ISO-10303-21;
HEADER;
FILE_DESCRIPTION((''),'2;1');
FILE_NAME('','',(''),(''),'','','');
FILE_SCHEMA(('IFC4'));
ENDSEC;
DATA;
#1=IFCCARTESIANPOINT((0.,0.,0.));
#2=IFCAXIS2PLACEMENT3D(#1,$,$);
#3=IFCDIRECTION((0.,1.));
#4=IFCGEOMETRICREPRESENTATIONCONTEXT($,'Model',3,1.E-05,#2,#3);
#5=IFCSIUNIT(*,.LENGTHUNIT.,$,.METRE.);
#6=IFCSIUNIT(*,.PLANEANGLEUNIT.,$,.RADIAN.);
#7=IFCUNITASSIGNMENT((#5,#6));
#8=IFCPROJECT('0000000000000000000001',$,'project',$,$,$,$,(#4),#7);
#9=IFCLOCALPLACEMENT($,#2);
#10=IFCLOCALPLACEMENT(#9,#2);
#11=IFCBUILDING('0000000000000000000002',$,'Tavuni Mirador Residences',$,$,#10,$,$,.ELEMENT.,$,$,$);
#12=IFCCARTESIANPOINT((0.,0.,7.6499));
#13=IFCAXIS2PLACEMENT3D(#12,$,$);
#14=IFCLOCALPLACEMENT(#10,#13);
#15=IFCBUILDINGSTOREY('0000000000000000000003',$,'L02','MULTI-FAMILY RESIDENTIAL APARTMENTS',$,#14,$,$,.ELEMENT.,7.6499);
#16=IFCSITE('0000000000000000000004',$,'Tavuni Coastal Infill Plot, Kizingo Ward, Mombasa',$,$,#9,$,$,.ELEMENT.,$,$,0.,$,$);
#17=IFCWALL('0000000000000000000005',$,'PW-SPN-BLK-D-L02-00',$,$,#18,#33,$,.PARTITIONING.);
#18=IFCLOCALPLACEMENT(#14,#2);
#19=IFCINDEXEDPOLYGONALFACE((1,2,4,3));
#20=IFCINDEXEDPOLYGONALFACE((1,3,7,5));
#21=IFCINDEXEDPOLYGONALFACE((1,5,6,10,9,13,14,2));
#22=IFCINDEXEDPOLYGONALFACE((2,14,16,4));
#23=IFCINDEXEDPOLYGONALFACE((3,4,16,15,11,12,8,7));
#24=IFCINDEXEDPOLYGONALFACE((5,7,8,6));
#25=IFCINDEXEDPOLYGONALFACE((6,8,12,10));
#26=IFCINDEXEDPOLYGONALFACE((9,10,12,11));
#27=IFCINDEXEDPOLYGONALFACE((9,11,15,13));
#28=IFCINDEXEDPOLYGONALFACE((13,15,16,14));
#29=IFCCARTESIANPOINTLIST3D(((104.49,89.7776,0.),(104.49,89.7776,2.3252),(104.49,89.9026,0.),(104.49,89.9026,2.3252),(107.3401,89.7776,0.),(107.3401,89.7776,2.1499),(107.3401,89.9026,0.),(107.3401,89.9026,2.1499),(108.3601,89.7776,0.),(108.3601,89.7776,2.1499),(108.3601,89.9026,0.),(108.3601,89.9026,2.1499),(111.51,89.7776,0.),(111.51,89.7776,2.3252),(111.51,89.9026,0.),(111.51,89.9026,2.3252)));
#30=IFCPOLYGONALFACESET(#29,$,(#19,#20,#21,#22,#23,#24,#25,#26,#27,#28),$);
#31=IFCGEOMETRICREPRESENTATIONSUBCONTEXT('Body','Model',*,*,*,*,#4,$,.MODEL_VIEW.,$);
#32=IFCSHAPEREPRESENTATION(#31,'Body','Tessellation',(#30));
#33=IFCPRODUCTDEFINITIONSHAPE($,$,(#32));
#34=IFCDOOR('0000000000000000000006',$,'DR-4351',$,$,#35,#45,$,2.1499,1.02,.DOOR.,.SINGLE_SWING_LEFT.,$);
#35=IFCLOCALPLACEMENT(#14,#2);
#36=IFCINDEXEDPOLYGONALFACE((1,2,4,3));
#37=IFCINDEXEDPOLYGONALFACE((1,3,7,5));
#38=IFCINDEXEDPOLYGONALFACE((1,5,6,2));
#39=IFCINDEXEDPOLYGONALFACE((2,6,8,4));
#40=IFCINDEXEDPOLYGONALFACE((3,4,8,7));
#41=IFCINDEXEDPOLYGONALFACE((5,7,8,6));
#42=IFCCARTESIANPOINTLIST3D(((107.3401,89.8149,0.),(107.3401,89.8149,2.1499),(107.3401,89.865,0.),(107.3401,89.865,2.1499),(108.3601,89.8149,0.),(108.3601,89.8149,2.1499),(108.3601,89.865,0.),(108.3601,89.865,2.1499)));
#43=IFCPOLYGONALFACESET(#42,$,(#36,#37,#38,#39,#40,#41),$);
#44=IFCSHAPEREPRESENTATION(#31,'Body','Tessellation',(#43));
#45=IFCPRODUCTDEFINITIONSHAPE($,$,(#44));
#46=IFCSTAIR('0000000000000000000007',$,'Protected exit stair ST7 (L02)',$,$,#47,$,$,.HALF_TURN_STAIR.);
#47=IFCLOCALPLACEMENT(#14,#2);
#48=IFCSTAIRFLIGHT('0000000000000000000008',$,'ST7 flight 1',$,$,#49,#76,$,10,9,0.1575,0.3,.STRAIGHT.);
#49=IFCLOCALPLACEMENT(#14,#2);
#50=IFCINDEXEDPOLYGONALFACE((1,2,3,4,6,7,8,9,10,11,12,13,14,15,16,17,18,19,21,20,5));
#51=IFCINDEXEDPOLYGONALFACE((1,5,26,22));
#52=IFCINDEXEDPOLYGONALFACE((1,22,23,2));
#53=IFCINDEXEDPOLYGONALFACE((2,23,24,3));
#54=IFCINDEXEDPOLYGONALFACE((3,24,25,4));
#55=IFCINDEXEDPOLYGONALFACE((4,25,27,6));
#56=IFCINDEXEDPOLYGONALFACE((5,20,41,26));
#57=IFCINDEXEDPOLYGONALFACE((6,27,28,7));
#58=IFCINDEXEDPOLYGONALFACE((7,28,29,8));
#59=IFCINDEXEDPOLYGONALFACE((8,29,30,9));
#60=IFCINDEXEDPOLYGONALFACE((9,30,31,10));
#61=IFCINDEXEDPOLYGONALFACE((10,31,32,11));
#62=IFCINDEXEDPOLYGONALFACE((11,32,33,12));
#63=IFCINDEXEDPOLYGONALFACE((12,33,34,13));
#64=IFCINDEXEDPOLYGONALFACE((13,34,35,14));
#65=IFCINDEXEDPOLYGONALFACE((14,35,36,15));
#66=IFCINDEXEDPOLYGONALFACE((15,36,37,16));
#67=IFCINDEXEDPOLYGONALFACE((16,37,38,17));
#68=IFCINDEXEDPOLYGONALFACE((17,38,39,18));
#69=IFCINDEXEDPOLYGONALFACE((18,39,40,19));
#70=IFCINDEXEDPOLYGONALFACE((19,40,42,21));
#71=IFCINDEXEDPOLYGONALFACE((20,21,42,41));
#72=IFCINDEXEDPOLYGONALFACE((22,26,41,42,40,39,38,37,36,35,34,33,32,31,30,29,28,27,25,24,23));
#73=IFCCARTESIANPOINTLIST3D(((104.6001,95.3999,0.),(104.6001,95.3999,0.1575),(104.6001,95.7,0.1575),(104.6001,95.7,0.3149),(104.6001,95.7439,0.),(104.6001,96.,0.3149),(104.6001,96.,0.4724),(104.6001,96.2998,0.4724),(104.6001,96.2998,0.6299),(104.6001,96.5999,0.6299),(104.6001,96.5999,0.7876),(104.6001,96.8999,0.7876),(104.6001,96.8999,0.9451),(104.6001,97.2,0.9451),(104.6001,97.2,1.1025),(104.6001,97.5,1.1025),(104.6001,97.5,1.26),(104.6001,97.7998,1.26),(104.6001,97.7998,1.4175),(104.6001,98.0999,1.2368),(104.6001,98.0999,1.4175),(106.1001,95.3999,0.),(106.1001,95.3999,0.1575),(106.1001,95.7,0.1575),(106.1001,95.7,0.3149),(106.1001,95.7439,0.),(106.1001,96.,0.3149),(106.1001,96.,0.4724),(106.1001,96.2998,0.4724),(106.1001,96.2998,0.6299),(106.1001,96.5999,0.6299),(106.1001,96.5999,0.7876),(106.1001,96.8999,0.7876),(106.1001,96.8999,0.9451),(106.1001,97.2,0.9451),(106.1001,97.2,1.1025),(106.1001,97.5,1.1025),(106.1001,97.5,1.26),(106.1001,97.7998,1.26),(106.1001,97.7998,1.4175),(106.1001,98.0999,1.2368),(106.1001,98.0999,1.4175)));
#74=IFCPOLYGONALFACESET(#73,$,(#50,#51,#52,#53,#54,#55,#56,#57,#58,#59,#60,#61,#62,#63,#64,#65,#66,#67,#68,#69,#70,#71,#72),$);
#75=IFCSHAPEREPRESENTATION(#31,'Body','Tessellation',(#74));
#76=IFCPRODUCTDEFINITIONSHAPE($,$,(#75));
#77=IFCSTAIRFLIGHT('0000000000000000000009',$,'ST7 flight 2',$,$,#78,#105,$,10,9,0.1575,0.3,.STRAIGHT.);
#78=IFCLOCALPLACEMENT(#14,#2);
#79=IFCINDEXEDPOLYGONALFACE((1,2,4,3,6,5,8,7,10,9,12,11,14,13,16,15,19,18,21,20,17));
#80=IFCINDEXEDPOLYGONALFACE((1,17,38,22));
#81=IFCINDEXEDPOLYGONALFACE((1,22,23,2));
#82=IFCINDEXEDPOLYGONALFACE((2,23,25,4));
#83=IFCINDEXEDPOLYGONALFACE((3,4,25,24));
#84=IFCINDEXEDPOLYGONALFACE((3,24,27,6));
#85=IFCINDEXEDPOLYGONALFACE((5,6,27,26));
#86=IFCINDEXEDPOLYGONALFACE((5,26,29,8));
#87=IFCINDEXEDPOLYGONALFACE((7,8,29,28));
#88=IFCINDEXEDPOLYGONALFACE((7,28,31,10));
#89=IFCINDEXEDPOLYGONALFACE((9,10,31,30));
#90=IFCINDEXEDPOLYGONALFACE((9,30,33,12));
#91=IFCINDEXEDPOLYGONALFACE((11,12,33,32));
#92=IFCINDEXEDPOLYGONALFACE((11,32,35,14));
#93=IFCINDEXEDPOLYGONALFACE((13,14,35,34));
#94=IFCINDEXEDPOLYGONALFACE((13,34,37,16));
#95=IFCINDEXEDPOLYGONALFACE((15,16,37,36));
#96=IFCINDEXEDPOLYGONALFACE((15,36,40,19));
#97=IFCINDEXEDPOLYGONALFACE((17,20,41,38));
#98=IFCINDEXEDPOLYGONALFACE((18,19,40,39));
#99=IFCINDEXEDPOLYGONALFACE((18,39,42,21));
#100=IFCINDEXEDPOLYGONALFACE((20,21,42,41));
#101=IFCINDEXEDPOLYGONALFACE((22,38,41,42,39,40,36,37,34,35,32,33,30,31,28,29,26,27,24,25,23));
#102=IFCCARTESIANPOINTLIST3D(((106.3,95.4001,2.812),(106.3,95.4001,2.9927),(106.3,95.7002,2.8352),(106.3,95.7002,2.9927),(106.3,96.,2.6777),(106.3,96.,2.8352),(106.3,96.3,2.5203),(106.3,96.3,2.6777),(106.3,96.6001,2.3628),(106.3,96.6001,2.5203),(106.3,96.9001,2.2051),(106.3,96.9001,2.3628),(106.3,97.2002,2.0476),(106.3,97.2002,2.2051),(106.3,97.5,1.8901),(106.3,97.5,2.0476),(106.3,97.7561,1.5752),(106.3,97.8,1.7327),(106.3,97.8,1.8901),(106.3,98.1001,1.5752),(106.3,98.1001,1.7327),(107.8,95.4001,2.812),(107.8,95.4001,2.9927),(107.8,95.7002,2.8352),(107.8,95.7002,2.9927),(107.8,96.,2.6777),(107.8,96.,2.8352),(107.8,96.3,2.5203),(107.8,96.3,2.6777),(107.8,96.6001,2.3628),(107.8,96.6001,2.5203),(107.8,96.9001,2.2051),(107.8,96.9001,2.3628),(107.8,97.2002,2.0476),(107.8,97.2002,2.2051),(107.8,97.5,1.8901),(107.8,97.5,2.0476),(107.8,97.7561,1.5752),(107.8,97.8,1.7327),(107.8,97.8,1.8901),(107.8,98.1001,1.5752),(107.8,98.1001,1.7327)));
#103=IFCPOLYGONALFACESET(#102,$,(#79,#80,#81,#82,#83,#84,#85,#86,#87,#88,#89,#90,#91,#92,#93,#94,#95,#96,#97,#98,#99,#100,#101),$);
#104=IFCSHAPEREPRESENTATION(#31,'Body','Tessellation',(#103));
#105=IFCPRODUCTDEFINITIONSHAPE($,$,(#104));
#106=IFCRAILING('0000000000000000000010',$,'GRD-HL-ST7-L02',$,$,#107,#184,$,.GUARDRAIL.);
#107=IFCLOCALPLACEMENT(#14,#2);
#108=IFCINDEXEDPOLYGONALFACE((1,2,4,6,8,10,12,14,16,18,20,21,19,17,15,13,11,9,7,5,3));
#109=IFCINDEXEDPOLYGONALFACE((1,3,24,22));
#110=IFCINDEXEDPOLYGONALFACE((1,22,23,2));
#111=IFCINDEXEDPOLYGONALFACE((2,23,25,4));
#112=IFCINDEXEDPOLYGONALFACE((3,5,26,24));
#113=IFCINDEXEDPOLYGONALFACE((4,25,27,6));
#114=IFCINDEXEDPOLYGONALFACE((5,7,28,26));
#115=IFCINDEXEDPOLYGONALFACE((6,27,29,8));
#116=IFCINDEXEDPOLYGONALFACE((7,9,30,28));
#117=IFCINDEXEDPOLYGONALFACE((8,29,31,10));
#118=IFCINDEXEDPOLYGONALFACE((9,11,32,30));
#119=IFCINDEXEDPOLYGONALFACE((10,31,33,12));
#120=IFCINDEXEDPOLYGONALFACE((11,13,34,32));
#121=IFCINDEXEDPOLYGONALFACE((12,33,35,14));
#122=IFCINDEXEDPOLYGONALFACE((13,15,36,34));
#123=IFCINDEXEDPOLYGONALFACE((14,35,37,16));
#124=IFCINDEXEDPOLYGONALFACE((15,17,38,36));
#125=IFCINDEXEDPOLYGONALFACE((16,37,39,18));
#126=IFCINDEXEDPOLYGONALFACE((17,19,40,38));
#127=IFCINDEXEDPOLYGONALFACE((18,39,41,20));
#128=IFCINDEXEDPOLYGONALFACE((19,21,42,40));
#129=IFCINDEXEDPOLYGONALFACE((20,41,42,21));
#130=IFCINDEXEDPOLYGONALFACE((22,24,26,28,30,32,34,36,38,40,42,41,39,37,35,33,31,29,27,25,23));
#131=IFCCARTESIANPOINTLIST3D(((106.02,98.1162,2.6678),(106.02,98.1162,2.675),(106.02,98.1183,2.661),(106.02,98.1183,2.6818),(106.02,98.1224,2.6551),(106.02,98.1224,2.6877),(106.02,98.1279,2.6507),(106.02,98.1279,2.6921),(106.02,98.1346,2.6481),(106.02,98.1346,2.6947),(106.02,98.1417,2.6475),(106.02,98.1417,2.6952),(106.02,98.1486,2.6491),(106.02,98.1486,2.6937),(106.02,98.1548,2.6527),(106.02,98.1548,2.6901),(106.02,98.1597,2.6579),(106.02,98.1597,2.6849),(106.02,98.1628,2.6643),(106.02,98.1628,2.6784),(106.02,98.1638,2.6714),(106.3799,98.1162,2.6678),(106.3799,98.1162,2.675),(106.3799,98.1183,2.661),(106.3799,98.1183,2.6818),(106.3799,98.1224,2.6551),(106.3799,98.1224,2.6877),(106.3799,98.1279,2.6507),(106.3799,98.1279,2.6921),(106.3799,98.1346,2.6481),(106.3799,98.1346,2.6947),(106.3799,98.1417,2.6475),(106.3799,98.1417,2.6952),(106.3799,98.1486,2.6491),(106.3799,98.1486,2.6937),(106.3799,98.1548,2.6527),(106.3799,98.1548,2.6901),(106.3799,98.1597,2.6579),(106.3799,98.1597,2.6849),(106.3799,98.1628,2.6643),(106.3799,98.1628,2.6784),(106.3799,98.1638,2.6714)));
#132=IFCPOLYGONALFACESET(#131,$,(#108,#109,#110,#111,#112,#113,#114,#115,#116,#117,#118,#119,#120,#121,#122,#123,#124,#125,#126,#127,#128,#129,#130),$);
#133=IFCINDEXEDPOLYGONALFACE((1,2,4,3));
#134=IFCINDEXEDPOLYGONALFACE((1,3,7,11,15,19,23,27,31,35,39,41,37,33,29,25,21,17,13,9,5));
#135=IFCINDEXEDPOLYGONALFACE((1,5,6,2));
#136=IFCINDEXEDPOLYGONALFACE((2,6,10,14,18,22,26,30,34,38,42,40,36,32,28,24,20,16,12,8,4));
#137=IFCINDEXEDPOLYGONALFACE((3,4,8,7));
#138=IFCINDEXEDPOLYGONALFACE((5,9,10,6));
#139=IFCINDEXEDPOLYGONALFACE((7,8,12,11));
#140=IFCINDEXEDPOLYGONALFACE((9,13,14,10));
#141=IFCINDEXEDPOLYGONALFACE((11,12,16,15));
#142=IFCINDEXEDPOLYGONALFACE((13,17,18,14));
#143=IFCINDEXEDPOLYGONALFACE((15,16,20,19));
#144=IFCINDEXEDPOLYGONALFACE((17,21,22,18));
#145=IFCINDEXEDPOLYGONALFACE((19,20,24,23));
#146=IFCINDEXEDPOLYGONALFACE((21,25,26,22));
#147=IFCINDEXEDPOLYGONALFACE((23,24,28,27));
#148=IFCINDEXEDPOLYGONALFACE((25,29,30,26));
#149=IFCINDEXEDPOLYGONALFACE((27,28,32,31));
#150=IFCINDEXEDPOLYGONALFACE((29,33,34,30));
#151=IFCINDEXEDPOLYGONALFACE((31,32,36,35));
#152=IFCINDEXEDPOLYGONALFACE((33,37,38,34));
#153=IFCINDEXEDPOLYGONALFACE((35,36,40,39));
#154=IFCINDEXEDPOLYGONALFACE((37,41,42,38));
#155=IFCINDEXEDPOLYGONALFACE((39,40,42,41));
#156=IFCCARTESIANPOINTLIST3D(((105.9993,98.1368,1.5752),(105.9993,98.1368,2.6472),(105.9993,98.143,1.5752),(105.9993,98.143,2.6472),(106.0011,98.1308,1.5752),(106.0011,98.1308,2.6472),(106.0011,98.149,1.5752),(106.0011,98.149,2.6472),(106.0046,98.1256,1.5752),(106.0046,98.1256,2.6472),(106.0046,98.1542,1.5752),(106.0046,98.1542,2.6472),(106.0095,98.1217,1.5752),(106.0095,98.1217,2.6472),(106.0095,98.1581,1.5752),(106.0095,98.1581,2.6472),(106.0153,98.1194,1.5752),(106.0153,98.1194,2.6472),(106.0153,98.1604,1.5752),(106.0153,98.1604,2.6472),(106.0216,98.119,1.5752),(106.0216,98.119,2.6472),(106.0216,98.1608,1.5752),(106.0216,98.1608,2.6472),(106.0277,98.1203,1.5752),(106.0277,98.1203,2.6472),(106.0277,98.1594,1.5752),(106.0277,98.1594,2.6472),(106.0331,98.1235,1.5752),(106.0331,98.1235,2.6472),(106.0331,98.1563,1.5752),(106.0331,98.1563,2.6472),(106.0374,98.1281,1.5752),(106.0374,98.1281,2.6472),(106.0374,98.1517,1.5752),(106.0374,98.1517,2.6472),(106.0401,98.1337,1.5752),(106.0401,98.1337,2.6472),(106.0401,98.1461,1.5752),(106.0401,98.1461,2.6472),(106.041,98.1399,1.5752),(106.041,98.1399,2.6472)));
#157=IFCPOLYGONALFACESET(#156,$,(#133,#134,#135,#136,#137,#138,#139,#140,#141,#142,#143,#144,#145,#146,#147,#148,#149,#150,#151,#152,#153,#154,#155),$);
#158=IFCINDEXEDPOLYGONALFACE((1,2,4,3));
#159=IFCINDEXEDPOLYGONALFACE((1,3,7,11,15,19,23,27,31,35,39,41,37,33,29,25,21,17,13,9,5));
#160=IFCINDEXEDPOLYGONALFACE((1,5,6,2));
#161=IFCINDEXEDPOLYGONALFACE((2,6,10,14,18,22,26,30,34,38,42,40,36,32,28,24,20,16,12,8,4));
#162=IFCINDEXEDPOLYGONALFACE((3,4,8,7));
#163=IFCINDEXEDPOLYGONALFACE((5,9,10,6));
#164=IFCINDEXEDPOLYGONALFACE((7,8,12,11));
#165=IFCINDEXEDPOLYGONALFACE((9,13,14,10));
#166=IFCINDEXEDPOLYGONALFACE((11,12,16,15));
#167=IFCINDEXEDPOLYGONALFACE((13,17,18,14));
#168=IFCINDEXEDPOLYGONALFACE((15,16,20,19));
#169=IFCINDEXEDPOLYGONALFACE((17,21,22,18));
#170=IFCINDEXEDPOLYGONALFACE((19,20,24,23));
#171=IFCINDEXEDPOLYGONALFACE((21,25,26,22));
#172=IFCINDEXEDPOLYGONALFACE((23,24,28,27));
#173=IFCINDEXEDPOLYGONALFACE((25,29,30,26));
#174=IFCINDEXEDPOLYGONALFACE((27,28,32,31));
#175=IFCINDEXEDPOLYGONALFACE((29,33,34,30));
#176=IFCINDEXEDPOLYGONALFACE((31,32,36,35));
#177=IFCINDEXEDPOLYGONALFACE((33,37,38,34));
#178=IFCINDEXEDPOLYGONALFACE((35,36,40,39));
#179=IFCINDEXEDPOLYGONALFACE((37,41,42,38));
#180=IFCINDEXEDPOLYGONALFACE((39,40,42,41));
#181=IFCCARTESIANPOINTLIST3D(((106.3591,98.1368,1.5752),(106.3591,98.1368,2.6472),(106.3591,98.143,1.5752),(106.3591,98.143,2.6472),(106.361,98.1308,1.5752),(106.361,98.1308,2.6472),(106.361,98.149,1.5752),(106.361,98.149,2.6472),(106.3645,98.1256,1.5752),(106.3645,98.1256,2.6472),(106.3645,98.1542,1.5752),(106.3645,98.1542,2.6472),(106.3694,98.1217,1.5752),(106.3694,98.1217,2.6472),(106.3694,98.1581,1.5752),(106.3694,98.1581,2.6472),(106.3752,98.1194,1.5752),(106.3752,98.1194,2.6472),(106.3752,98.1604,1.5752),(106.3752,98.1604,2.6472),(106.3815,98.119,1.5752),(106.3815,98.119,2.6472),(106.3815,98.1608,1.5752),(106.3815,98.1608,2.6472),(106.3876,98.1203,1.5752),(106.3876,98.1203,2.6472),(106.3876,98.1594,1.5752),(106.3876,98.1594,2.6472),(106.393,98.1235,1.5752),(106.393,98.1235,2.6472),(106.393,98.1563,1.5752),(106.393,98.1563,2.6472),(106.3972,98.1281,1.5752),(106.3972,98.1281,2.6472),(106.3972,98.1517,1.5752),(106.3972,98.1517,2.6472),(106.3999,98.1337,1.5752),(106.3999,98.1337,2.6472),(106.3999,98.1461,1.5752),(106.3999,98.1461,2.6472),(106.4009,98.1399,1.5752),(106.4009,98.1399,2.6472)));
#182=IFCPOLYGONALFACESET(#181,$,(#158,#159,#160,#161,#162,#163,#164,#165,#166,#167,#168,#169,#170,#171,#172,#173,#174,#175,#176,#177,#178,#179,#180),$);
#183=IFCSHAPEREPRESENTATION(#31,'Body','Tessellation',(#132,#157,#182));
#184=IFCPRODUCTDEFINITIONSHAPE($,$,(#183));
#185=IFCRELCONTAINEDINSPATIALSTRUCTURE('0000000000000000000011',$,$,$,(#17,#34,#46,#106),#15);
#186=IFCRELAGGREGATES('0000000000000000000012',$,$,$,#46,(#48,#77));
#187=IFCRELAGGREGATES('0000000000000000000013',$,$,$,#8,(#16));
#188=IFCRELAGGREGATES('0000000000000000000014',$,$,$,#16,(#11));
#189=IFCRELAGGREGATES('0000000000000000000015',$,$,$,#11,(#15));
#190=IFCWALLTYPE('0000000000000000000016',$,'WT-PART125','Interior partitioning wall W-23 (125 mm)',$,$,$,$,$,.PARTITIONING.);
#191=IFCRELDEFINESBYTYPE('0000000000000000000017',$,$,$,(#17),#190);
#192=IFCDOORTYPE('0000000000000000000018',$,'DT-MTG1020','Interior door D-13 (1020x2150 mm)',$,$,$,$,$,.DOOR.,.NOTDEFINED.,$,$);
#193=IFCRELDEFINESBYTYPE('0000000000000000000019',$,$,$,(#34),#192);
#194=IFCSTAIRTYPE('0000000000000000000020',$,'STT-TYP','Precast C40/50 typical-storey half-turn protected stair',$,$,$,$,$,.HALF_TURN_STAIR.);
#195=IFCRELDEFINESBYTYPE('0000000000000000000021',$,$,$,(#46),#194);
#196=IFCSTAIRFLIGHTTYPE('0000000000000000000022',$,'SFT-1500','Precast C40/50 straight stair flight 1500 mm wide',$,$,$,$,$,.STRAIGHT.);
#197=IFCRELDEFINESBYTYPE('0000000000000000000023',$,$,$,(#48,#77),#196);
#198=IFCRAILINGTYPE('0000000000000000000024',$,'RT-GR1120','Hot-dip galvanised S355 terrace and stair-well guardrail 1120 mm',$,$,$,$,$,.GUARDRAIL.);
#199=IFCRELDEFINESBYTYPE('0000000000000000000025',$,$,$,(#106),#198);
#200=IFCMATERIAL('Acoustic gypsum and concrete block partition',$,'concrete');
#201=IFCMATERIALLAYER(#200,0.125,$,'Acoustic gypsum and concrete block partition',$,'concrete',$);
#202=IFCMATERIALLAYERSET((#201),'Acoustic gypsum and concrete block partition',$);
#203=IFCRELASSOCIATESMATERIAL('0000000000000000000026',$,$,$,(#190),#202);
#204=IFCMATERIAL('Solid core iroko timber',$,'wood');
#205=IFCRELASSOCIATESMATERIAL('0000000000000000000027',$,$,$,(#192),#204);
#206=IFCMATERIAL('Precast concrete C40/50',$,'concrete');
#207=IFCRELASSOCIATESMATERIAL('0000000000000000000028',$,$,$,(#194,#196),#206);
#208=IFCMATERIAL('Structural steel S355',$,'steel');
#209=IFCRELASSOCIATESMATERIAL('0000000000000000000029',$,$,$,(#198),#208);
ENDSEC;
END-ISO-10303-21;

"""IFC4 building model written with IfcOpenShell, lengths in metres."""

from ifc_helpers import new_model, si_unit, direction, frame, frame_2d, origin, origin_2d, place, context, subcontext, project, spatial, polyline, rectangle, circle, outline, extrude, material, layer, layer_set, type_object, element, fill, aggregate, save


model = new_model("IFC4")

# Units and contexts
model_context = context("Model", 3, precision=1e-05, world=origin(), true_north=direction((0.0, 1.0)))
body_context = subcontext(model_context, "Body", "Model", "MODEL_VIEW")
ifc_project = project(units=[si_unit("LENGTHUNIT", "METRE"), si_unit("PLANEANGLEUNIT", "RADIAN")], contexts=[model_context])

# Site, building, storey
site_placement = place(None, origin())
site = spatial("IfcSite", under=ifc_project, at=site_placement, Name="Tavuni Coastal Infill Plot, Kizingo Ward, Mombasa", CompositionType="ELEMENT", RefElevation=0.0)
building_placement = place(site_placement, origin())
building = spatial("IfcBuilding", under=site, at=building_placement, Name="Tavuni Mirador Residences", CompositionType="ELEMENT")
storey_placement = place(building_placement, frame((0.0, 0.0, 7.6499)))
storey = spatial("IfcBuildingStorey", under=building, at=storey_placement, Name="L02", Description="MULTI-FAMILY RESIDENTIAL APARTMENTS", CompositionType="ELEMENT", Elevation=7.6499)

# Shared definitions
ifc_material_1 = material(Name="Precast concrete C40/50", Category="concrete")

# Shared definitions
ifc_material_2 = material(Name="Solid core iroko timber", Category="wood")
ifc_material_3 = material(Name="Structural steel S355", Category="steel")

# Wall, opening, door
ifc_material_4 = material(Name="Acoustic gypsum and concrete block partition", Category="concrete")
ifc_layer_1 = layer(ifc_material_4, 0.125, Name="Acoustic gypsum and concrete block partition", Category="concrete")
ifc_layer_set_1 = layer_set([ifc_layer_1], Name="Acoustic gypsum and concrete block partition")
wall_type_1 = type_object("IfcWallType", Name="WT-PART125", Description="Interior partitioning wall W-23 (125 mm)", PredefinedType="PARTITIONING", material=ifc_layer_set_1)
wall_1_placement = place(storey_placement, frame((104.49, 89.8401, 0.0), z_axis=(0.0, 0.0, 1.0), x_axis=(1.0, 0.0, 0.0)))
wall_1 = element("IfcWall", 1, at=wall_1_placement, inside=storey, type_object=wall_type_1, Name="PW-SPN-BLK-D-L02-00", PredefinedType="PARTITIONING", context=body_context, shape_type="SweptSolid", body=[
    extrude(rectangle(XDim=7.02, YDim=0.125, at=frame_2d((3.51, 0.0))), origin(), (0.0, 0.0, 1.0), 2.3252),
])
opening_1_placement = place(wall_1_placement, frame((2.8501, 0.0, 0.0)))
opening_1 = element("IfcOpeningElement", 2, at=opening_1_placement, cuts=wall_1, PredefinedType="OPENING", context=body_context, shape_type="SweptSolid", body=[
    extrude(rectangle(XDim=1.02, YDim=2.1499, at=frame_2d((0.51, 1.075))), frame((0.0, 0.0725, 0.0), z_axis=(0.0, -1.0, 0.0), x_axis=(1.0, 0.0, 0.0)), (0.0, 0.0, 1.0), 0.145),
])
door_type_1 = type_object("IfcDoorType", Name="DT-MTG1020", Description="Interior door D-13 (1020x2150 mm)", OperationType="NOTDEFINED", PredefinedType="DOOR", material=ifc_material_2)
door_1_placement = place(opening_1_placement, origin())
door_1 = element("IfcDoor", 3, at=door_1_placement, inside=storey, type_object=door_type_1, Name="DR-4351", OperationType="SINGLE_SWING_LEFT", OverallHeight=2.1499, OverallWidth=1.02, PredefinedType="DOOR", context=body_context, shape_type="SweptSolid", body=[
    extrude(rectangle(XDim=1.02, YDim=2.1499, at=frame_2d((0.51, 1.075))), frame((0.0, 0.0249, 0.0), z_axis=(0.0, -1.0, 0.0), x_axis=(1.0, 0.0, 0.0)), (0.0, 0.0, 1.0), 0.05),
])
fill(opening_1, door_1)

# Stair, stair flights
stair_type = type_object("IfcStairType", Name="STT-TYP", Description="Precast C40/50 typical-storey half-turn protected stair", PredefinedType="HALF_TURN_STAIR", material=ifc_material_1)
stair_placement = place(storey_placement, origin())
stair = element("IfcStair", 4, at=stair_placement, inside=storey, type_object=stair_type, Name="Protected exit stair ST7 (L02)", PredefinedType="HALF_TURN_STAIR")
stair_flight_type = type_object("IfcStairFlightType", Name="SFT-1500", Description="Precast C40/50 straight stair flight 1500 mm wide", PredefinedType="STRAIGHT", material=ifc_material_1)
stair_flight_1_placement = place(storey_placement, frame((105.3501, 95.3999, 0.0), z_axis=(0.0, 0.0, 1.0), x_axis=(0.0, 1.0, 0.0)))
stair_flight_1 = element("IfcStairFlight", 5, at=stair_flight_1_placement, type_object=stair_flight_type, Name="ST7 flight 1", NumberOfRisers=10, NumberOfTreads=9, PredefinedType="STRAIGHT", RiserHeight=0.1575, TreadLength=0.3, context=body_context, shape_type="SweptSolid", body=[
    extrude(outline(polyline([(0.0, 0.0), (0.0, 0.1575), (0.3, 0.1575), (0.3, 0.3149), (0.6001, 0.3149), (0.6001, 0.4724), (0.8999, 0.4724), (0.8999, 0.6299), (1.2, 0.6299), (1.2, 0.7876), (1.5, 0.7876), (1.5, 0.9451), (1.8, 0.9451), (1.8, 1.1025), (2.1001, 1.1025), (2.1001, 1.26), (2.3999, 1.26), (2.3999, 1.4175), (2.7, 1.4175), (2.7, 1.575), (2.7, 1.2368), (0.344, 0.0), (0.0, 0.0)])), frame((0.0, 0.75, 0.0), z_axis=(0.0, -1.0, 0.0), x_axis=(1.0, 0.0, 0.0)), (0.0, 0.0, 1.0), 1.5),
])
stair_flight_2_placement = place(storey_placement, frame((107.05, 98.1001, 1.5752), z_axis=(0.0, 0.0, 1.0), x_axis=(0.0, -1.0, 0.0)))
stair_flight_2 = element("IfcStairFlight", 6, at=stair_flight_2_placement, type_object=stair_flight_type, Name="ST7 flight 2", NumberOfRisers=10, NumberOfTreads=9, PredefinedType="STRAIGHT", RiserHeight=0.1575, TreadLength=0.3, context=body_context, shape_type="SweptSolid", body=[
    extrude(outline(polyline([(0.0, 0.0), (0.0, 0.1575), (0.3, 0.1575), (0.3, 0.3149), (0.6001, 0.3149), (0.6001, 0.4724), (0.8999, 0.4724), (0.8999, 0.6299), (1.2, 0.6299), (1.2, 0.7876), (1.5, 0.7876), (1.5, 0.9451), (1.8, 0.9451), (1.8, 1.1025), (2.1001, 1.1025), (2.1001, 1.26), (2.3999, 1.26), (2.3999, 1.4175), (2.7, 1.4175), (2.7, 1.575), (2.7, 1.2368), (0.344, 0.0), (0.0, 0.0)])), frame((0.0, 0.75, 0.0), z_axis=(0.0, -1.0, 0.0), x_axis=(1.0, 0.0, 0.0)), (0.0, 0.0, 1.0), 1.5),
])
aggregate(stair, [stair_flight_1, stair_flight_2])

# Railing
railing_type_1 = type_object("IfcRailingType", Name="RT-GR1120", Description="Hot-dip galvanised S355 terrace and stair-well guardrail 1120 mm", PredefinedType="GUARDRAIL", material=ifc_material_3)
railing_1_placement = place(storey_placement, frame((106.02, 98.1399, 1.5752)))
element("IfcRailing", 7, at=railing_1_placement, inside=storey, type_object=railing_type_1, Name="GRD-HL-ST7-L02", PredefinedType="GUARDRAIL", context=body_context, shape_type="SweptSolid", body=[
    extrude(circle(Radius=0.0239, at=origin_2d()), frame((0.0, 0.0, 1.0962), z_axis=(1.0, 0.0, 0.0), x_axis=(0.0, 1.0, 0.0)), (0.0, 0.0, 1.0), 0.3599),
    extrude(circle(Radius=0.021, at=origin_2d()), origin(), (0.0, 0.0, 1.0), 1.072),
    extrude(circle(Radius=0.021, at=origin_2d()), frame((0.3599, 0.0, 0.0)), (0.0, 0.0, 1.0), 1.072),
])

save(model, "model.ifc")
